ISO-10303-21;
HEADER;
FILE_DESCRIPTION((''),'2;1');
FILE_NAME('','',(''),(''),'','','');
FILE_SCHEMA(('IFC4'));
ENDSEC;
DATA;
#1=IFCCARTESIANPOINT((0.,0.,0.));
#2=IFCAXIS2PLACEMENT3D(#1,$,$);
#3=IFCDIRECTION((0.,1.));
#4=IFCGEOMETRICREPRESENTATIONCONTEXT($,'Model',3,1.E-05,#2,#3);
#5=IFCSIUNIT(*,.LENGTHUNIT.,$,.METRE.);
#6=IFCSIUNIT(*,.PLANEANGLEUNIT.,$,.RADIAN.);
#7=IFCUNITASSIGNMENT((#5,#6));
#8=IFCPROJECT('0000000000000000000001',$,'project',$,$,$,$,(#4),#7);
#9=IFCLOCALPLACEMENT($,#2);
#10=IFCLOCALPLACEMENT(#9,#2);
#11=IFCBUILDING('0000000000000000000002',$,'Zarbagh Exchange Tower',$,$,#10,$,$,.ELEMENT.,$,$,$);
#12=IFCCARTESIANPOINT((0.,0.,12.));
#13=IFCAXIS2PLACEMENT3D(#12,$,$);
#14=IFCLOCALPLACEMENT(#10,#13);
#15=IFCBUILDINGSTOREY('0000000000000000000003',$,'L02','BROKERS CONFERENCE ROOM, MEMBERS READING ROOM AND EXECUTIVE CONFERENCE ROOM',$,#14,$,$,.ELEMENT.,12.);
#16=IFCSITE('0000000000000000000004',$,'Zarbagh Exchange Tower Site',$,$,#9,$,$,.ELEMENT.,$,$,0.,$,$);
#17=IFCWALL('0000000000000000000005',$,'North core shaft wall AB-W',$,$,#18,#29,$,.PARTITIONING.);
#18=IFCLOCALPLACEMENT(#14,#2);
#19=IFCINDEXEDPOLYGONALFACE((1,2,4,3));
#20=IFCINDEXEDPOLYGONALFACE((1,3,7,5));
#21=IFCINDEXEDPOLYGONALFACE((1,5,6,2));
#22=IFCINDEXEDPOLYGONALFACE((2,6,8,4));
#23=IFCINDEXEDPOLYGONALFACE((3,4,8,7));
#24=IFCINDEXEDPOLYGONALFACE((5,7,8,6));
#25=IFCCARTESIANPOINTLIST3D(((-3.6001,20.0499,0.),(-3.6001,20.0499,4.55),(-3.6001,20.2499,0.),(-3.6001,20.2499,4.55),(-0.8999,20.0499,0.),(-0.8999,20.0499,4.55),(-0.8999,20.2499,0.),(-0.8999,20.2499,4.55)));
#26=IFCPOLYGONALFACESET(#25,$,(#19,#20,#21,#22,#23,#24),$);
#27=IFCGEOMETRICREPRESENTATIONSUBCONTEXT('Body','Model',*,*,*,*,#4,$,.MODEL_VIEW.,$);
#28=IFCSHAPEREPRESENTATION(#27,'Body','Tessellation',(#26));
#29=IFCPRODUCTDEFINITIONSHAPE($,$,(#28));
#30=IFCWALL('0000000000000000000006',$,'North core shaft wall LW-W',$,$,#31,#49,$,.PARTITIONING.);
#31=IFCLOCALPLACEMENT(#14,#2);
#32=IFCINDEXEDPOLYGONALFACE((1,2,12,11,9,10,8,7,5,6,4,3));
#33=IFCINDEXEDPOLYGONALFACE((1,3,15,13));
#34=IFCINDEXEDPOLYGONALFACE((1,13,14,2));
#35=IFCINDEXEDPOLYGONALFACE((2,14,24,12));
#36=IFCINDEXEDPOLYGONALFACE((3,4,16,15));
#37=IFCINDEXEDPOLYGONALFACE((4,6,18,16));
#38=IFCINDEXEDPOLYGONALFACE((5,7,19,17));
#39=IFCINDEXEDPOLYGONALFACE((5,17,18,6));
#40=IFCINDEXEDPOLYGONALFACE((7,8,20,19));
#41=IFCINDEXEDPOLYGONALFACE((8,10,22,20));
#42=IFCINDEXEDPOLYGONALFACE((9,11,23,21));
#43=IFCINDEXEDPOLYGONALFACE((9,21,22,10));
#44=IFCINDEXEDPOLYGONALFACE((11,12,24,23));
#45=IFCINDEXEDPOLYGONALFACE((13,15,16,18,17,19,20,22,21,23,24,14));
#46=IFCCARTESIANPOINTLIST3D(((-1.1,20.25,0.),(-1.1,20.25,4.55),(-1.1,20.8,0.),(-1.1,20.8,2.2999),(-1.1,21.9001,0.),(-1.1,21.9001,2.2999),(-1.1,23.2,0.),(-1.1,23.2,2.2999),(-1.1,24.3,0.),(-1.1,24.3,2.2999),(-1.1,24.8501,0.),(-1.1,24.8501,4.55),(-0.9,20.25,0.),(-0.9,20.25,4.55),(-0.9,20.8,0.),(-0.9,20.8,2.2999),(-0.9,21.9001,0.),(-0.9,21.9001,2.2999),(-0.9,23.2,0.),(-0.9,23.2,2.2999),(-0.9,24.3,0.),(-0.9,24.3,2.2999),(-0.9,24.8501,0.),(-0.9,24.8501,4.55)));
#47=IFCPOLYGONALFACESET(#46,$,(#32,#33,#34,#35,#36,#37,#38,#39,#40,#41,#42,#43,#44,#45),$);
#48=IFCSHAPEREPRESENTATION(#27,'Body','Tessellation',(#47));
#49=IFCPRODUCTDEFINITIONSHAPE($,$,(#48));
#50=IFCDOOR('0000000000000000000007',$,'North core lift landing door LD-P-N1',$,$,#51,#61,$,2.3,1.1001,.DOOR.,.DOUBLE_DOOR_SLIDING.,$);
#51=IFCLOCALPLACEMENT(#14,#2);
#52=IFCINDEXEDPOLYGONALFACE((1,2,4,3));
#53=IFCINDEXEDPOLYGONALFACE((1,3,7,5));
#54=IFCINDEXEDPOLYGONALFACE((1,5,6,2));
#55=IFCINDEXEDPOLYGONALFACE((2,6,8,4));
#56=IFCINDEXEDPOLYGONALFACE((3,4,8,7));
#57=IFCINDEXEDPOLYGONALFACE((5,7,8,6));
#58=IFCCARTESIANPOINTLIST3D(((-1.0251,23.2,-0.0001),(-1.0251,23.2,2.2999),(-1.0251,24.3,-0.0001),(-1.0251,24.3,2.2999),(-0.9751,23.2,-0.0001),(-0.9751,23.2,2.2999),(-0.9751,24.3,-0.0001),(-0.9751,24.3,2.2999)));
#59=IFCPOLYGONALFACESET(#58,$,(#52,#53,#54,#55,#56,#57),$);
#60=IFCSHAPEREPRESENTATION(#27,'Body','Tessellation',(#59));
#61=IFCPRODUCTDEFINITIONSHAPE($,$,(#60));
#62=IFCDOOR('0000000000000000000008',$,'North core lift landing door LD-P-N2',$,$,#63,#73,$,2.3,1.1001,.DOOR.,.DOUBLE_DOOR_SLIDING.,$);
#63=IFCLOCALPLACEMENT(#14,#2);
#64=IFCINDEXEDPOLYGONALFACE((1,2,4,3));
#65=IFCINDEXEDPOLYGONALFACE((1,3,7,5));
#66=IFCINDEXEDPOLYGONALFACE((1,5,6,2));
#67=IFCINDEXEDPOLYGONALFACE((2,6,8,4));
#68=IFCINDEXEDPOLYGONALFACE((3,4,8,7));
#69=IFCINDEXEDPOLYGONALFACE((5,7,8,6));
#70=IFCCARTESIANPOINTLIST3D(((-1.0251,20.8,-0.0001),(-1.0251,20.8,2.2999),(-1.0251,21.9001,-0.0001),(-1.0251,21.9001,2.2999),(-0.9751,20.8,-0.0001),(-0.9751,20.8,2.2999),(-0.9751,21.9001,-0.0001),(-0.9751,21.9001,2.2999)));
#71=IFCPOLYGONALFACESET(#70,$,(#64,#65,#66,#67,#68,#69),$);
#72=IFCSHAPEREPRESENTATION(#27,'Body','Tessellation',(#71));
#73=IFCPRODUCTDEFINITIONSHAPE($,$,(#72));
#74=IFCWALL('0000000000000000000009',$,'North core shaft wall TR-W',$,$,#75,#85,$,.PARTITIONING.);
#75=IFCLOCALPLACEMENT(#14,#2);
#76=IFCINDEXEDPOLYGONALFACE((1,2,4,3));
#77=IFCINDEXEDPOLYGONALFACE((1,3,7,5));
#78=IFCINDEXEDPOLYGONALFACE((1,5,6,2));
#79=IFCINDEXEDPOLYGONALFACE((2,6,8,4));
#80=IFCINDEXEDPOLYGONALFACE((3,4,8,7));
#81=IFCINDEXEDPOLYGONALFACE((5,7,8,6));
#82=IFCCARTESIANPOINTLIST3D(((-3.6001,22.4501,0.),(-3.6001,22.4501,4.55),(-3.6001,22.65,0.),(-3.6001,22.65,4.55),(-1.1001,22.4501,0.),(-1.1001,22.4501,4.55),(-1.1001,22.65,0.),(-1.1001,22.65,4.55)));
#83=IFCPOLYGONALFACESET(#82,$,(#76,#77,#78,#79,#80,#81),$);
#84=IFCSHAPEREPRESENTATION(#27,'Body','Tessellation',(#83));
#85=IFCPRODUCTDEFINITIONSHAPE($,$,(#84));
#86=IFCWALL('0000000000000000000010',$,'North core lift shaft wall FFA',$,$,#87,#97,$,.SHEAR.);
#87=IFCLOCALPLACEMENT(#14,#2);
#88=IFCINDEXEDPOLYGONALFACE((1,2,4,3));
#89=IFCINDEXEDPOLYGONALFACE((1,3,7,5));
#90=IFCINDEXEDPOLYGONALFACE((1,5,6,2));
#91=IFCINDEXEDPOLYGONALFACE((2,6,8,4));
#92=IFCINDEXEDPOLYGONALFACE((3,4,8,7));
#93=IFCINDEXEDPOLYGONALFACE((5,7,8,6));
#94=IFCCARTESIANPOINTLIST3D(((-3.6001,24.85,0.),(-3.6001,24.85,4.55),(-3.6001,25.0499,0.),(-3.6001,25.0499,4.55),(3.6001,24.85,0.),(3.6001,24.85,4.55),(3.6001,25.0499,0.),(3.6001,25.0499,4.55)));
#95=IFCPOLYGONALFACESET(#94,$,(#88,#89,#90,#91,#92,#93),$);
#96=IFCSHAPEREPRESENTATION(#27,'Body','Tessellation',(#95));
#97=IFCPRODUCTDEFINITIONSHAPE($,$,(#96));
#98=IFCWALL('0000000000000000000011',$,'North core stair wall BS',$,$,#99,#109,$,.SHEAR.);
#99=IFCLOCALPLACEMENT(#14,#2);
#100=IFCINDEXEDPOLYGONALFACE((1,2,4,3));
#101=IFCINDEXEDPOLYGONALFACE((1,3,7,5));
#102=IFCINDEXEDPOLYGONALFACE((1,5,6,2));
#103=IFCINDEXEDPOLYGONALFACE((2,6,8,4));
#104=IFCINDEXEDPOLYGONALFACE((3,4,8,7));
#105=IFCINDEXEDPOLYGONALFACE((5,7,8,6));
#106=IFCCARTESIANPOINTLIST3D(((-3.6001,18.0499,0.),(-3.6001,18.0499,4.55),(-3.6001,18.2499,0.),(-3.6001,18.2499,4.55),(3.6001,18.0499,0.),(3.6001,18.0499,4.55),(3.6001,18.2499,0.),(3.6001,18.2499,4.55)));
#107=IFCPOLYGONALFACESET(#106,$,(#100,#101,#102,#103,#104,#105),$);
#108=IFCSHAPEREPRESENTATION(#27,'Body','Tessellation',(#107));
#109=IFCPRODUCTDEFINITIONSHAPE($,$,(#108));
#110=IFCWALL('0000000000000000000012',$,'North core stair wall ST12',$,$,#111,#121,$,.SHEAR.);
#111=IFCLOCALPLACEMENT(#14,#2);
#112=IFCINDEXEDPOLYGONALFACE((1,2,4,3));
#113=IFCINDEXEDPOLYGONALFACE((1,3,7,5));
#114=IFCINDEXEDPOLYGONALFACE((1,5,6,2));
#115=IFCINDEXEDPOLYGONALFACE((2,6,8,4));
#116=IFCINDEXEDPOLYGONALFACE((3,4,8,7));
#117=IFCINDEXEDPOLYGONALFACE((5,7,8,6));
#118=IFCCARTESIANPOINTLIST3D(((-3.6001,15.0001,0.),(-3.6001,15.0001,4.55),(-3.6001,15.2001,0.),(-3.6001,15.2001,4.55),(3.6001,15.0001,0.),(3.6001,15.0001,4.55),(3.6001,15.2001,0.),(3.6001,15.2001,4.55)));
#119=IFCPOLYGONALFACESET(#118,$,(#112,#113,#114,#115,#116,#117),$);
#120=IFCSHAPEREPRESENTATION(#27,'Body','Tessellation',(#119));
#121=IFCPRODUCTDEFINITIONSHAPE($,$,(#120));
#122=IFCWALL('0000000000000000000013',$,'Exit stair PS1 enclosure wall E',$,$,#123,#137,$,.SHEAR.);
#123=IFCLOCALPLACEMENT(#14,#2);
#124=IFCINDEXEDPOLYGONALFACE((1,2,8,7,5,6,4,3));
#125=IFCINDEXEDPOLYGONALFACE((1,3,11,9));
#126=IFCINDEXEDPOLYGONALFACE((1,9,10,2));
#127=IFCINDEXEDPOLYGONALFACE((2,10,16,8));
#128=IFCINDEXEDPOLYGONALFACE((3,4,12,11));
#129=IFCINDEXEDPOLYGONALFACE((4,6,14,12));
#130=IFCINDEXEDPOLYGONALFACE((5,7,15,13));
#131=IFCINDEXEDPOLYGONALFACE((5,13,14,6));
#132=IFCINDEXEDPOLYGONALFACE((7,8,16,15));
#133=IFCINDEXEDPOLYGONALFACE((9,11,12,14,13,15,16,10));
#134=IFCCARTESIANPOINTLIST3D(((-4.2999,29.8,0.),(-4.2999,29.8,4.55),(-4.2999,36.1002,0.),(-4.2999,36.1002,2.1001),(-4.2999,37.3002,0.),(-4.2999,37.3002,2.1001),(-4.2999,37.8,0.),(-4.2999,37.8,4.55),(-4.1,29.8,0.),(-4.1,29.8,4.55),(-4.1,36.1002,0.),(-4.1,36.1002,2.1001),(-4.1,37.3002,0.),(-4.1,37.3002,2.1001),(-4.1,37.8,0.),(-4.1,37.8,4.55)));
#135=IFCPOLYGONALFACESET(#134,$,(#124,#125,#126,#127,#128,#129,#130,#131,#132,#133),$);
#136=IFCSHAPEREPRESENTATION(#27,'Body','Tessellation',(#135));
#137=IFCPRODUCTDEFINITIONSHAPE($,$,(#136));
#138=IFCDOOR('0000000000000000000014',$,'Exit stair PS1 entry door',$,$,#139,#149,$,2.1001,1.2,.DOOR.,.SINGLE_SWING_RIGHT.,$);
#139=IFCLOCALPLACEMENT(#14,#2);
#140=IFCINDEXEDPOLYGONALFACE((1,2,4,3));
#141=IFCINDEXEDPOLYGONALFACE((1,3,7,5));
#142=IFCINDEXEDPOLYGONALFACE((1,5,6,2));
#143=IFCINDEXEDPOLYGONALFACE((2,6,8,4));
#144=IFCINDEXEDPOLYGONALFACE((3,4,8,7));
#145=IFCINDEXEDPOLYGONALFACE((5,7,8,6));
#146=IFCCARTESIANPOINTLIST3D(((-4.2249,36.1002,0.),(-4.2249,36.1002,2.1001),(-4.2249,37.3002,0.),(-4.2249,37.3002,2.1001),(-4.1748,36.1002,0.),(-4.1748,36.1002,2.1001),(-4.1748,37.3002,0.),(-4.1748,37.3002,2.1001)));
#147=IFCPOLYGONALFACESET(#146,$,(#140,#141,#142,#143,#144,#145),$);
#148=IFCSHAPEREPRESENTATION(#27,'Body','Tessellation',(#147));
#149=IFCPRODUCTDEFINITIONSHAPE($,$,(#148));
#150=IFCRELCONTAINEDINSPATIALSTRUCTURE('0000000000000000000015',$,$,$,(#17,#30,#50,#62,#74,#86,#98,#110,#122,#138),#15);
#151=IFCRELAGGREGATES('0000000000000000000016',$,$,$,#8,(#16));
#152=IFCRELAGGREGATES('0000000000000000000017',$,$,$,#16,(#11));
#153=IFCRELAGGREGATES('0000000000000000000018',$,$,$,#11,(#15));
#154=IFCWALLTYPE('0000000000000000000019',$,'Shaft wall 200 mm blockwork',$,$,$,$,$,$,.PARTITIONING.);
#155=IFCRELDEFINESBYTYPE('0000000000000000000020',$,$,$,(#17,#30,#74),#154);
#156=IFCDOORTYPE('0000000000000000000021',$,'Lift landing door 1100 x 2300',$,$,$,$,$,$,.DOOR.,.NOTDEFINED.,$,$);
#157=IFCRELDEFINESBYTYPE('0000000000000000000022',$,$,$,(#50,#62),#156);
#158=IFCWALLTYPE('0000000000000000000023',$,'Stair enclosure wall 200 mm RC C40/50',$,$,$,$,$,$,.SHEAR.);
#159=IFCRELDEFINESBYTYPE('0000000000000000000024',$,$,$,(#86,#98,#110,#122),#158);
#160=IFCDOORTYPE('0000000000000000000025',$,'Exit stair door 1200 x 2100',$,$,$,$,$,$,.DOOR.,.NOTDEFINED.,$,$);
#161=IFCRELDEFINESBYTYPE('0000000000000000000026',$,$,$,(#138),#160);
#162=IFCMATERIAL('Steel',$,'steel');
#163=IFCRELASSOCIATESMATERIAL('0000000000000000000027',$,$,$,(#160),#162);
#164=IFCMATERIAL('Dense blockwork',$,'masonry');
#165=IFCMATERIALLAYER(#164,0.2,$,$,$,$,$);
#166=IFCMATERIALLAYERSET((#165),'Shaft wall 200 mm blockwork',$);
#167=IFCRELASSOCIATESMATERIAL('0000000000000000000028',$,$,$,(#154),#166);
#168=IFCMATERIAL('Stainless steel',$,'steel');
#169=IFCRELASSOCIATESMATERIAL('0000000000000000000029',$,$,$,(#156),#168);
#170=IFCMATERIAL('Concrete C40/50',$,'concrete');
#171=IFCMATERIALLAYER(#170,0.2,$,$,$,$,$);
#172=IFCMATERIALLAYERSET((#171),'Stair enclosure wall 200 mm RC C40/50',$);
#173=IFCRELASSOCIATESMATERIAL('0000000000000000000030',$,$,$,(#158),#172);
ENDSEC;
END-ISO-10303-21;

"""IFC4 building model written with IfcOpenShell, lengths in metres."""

from ifc_helpers import new_model, si_unit, direction, frame, frame_2d, origin, place, context, subcontext, project, spatial, rectangle, extrude, material, layer, layer_set, type_object, element, fill, save


model = new_model("IFC4")

# Units and contexts
model_context = context("Model", 3, precision=1e-05, world=origin(), true_north=direction((0.0, 1.0)))
body_context = subcontext(model_context, "Body", "Model", "MODEL_VIEW")
ifc_project = project(units=[si_unit("LENGTHUNIT", "METRE"), si_unit("PLANEANGLEUNIT", "RADIAN")], contexts=[model_context])

# Site, building, storey
site_placement = place(None, origin())
site = spatial("IfcSite", under=ifc_project, at=site_placement, Name="Zarbagh Exchange Tower Site", CompositionType="ELEMENT", RefElevation=0.0)
building_placement = place(site_placement, origin())
building = spatial("IfcBuilding", under=site, at=building_placement, Name="Zarbagh Exchange Tower", CompositionType="ELEMENT")
storey_placement = place(building_placement, frame((0.0, 0.0, 12.0)))
storey = spatial("IfcBuildingStorey", under=building, at=storey_placement, Name="L02", Description="BROKERS CONFERENCE ROOM, MEMBERS READING ROOM AND EXECUTIVE CONFERENCE ROOM", CompositionType="ELEMENT", Elevation=12.0)

# Shared definitions
ifc_material_1 = material(Name="Steel", Category="steel")
door_type_1 = type_object("IfcDoorType", Name="Exit stair door 1200 x 2100", OperationType="NOTDEFINED", PredefinedType="DOOR", material=ifc_material_1)

# Wall
ifc_material_2 = material(Name="Dense blockwork", Category="masonry")
ifc_layer_1 = layer(ifc_material_2, 0.2)
ifc_layer_set_1 = layer_set([ifc_layer_1], Name="Shaft wall 200 mm blockwork")
wall_type_1 = type_object("IfcWallType", Name="Shaft wall 200 mm blockwork", PredefinedType="PARTITIONING", material=ifc_layer_set_1)
wall_1_placement = place(storey_placement, frame((-3.6001, 20.1499, 0.0), z_axis=(0.0, 0.0, 1.0), x_axis=(1.0, 0.0, 0.0)))
element("IfcWall", 1, at=wall_1_placement, inside=storey, type_object=wall_type_1, Name="North core shaft wall AB-W", PredefinedType="PARTITIONING", context=body_context, shape_type="SweptSolid", body=[
    extrude(rectangle(XDim=2.7002, YDim=0.2, at=frame_2d((1.3501, 0.0))), origin(), (0.0, 0.0, 1.0), 4.55),
])

# Wall, openings, doors
wall_2_placement = place(storey_placement, frame((-1.0, 24.8501, 0.0), z_axis=(0.0, 0.0, 1.0), x_axis=(0.0, -1.0, 0.0)))
wall_2 = element("IfcWall", 2, at=wall_2_placement, inside=storey, type_object=wall_type_1, Name="North core shaft wall LW-W", PredefinedType="PARTITIONING", context=body_context, shape_type="SweptSolid", body=[
    extrude(rectangle(XDim=4.6001, YDim=0.2, at=frame_2d((2.3, 0.0))), origin(), (0.0, 0.0, 1.0), 4.55),
])
opening_1_placement = place(wall_2_placement, frame((0.55, 0.0, 0.0)))
opening_1 = element("IfcOpeningElement", 3, at=opening_1_placement, cuts=wall_2, PredefinedType="OPENING", context=body_context, shape_type="SweptSolid", body=[
    extrude(rectangle(XDim=1.1001, YDim=2.3, at=frame_2d((0.55, 1.1499))), frame((0.0, 0.1099, 0.0), z_axis=(0.0, -1.0, 0.0), x_axis=(1.0, 0.0, 0.0)), (0.0, 0.0, 1.0), 0.22),
])
opening_2_placement = place(wall_2_placement, frame((2.95, 0.0, 0.0)))
opening_2 = element("IfcOpeningElement", 4, at=opening_2_placement, cuts=wall_2, PredefinedType="OPENING", context=body_context, shape_type="SweptSolid", body=[
    extrude(rectangle(XDim=1.1001, YDim=2.3, at=frame_2d((0.55, 1.1499))), frame((0.0, 0.1099, 0.0), z_axis=(0.0, -1.0, 0.0), x_axis=(1.0, 0.0, 0.0)), (0.0, 0.0, 1.0), 0.22),
])
ifc_material_3 = material(Name="Stainless steel", Category="steel")
door_type_2 = type_object("IfcDoorType", Name="Lift landing door 1100 x 2300", OperationType="NOTDEFINED", PredefinedType="DOOR", material=ifc_material_3)
door_1_placement = place(opening_1_placement, origin())
door_1 = element("IfcDoor", 5, at=door_1_placement, inside=storey, type_object=door_type_2, Name="North core lift landing door LD-P-N1", OperationType="DOUBLE_DOOR_SLIDING", OverallHeight=2.3, OverallWidth=1.1001, PredefinedType="DOOR", context=body_context, shape_type="SweptSolid", body=[
    extrude(rectangle(XDim=1.1001, YDim=2.3, at=frame_2d((0.55, 1.1499))), frame((0.0, 0.0249, 0.0), z_axis=(0.0, -1.0, 0.0), x_axis=(1.0, 0.0, 0.0)), (0.0, 0.0, 1.0), 0.05),
])
fill(opening_1, door_1)
door_2_placement = place(opening_2_placement, origin())
door_2 = element("IfcDoor", 6, at=door_2_placement, inside=storey, type_object=door_type_2, Name="North core lift landing door LD-P-N2", OperationType="DOUBLE_DOOR_SLIDING", OverallHeight=2.3, OverallWidth=1.1001, PredefinedType="DOOR", context=body_context, shape_type="SweptSolid", body=[
    extrude(rectangle(XDim=1.1001, YDim=2.3, at=frame_2d((0.55, 1.1499))), frame((0.0, 0.0249, 0.0), z_axis=(0.0, -1.0, 0.0), x_axis=(1.0, 0.0, 0.0)), (0.0, 0.0, 1.0), 0.05),
])
fill(opening_2, door_2)

# Walls
wall_3_placement = place(storey_placement, frame((-3.6001, 22.55, 0.0), z_axis=(0.0, 0.0, 1.0), x_axis=(1.0, 0.0, 0.0)))
element("IfcWall", 7, at=wall_3_placement, inside=storey, type_object=wall_type_1, Name="North core shaft wall TR-W", PredefinedType="PARTITIONING", context=body_context, shape_type="SweptSolid", body=[
    extrude(rectangle(XDim=2.5, YDim=0.2, at=frame_2d((1.25, 0.0))), origin(), (0.0, 0.0, 1.0), 4.55),
])
ifc_material_4 = material(Name="Concrete C40/50", Category="concrete")
ifc_layer_2 = layer(ifc_material_4, 0.2)
ifc_layer_set_2 = layer_set([ifc_layer_2], Name="Stair enclosure wall 200 mm RC C40/50")
wall_type_2 = type_object("IfcWallType", Name="Stair enclosure wall 200 mm RC C40/50", PredefinedType="SHEAR", material=ifc_layer_set_2)
for number, where, z_axis, x_axis, name in (
    (8, (-3.6001, 24.95, 0.0), (0.0, 0.0, 1.0), (1.0, 0.0, 0.0), "North core lift shaft wall FFA"),
    (9, (-3.6001, 18.1499, 0.0), (0.0, 0.0, 1.0), (1.0, 0.0, 0.0), "North core stair wall BS"),
    (10, (-3.6001, 15.1001, 0.0), (0.0, 0.0, 1.0), (1.0, 0.0, 0.0), "North core stair wall ST12"),
):
    element("IfcWall", number, at=place(storey_placement, frame(where, z_axis=z_axis, x_axis=x_axis)), inside=storey, type_object=wall_type_2, Name=name, PredefinedType="SHEAR", context=body_context, shape_type="SweptSolid", body=[
        extrude(rectangle(XDim=7.2002, YDim=0.2, at=frame_2d((3.6001, 0.0))), origin(), (0.0, 0.0, 1.0), 4.55),
    ])

# Wall, opening, door
wall_4_placement = place(storey_placement, frame((-4.2, 29.8, 0.0), z_axis=(0.0, 0.0, 1.0), x_axis=(0.0, 1.0, 0.0)))
wall_4 = element("IfcWall", 11, at=wall_4_placement, inside=storey, type_object=wall_type_2, Name="Exit stair PS1 enclosure wall E", PredefinedType="SHEAR", context=body_context, shape_type="SweptSolid", body=[
    extrude(rectangle(XDim=8.0, YDim=0.2, at=frame_2d((4.0, 0.0))), origin(), (0.0, 0.0, 1.0), 4.55),
])
opening_3_placement = place(wall_4_placement, frame((6.3, 0.0, 0.0)))
opening_3 = element("IfcOpeningElement", 12, at=opening_3_placement, cuts=wall_4, PredefinedType="OPENING", context=body_context, shape_type="SweptSolid", body=[
    extrude(rectangle(XDim=1.2, YDim=2.1001, at=frame_2d((0.6001, 1.05))), frame((0.0, 0.1099, 0.0), z_axis=(0.0, -1.0, 0.0), x_axis=(1.0, 0.0, 0.0)), (0.0, 0.0, 1.0), 0.22),
])
door_3_placement = place(opening_3_placement, origin())
door_3 = element("IfcDoor", 13, at=door_3_placement, inside=storey, type_object=door_type_1, Name="Exit stair PS1 entry door", OperationType="SINGLE_SWING_RIGHT", OverallHeight=2.1001, OverallWidth=1.2, PredefinedType="DOOR", context=body_context, shape_type="SweptSolid", body=[
    extrude(rectangle(XDim=1.2, YDim=2.1001, at=frame_2d((0.6001, 1.05))), frame((0.0, 0.0249, 0.0), z_axis=(0.0, -1.0, 0.0), x_axis=(1.0, 0.0, 0.0)), (0.0, 0.0, 1.0), 0.05),
])
fill(opening_3, door_3)

save(model, "model.ifc")
